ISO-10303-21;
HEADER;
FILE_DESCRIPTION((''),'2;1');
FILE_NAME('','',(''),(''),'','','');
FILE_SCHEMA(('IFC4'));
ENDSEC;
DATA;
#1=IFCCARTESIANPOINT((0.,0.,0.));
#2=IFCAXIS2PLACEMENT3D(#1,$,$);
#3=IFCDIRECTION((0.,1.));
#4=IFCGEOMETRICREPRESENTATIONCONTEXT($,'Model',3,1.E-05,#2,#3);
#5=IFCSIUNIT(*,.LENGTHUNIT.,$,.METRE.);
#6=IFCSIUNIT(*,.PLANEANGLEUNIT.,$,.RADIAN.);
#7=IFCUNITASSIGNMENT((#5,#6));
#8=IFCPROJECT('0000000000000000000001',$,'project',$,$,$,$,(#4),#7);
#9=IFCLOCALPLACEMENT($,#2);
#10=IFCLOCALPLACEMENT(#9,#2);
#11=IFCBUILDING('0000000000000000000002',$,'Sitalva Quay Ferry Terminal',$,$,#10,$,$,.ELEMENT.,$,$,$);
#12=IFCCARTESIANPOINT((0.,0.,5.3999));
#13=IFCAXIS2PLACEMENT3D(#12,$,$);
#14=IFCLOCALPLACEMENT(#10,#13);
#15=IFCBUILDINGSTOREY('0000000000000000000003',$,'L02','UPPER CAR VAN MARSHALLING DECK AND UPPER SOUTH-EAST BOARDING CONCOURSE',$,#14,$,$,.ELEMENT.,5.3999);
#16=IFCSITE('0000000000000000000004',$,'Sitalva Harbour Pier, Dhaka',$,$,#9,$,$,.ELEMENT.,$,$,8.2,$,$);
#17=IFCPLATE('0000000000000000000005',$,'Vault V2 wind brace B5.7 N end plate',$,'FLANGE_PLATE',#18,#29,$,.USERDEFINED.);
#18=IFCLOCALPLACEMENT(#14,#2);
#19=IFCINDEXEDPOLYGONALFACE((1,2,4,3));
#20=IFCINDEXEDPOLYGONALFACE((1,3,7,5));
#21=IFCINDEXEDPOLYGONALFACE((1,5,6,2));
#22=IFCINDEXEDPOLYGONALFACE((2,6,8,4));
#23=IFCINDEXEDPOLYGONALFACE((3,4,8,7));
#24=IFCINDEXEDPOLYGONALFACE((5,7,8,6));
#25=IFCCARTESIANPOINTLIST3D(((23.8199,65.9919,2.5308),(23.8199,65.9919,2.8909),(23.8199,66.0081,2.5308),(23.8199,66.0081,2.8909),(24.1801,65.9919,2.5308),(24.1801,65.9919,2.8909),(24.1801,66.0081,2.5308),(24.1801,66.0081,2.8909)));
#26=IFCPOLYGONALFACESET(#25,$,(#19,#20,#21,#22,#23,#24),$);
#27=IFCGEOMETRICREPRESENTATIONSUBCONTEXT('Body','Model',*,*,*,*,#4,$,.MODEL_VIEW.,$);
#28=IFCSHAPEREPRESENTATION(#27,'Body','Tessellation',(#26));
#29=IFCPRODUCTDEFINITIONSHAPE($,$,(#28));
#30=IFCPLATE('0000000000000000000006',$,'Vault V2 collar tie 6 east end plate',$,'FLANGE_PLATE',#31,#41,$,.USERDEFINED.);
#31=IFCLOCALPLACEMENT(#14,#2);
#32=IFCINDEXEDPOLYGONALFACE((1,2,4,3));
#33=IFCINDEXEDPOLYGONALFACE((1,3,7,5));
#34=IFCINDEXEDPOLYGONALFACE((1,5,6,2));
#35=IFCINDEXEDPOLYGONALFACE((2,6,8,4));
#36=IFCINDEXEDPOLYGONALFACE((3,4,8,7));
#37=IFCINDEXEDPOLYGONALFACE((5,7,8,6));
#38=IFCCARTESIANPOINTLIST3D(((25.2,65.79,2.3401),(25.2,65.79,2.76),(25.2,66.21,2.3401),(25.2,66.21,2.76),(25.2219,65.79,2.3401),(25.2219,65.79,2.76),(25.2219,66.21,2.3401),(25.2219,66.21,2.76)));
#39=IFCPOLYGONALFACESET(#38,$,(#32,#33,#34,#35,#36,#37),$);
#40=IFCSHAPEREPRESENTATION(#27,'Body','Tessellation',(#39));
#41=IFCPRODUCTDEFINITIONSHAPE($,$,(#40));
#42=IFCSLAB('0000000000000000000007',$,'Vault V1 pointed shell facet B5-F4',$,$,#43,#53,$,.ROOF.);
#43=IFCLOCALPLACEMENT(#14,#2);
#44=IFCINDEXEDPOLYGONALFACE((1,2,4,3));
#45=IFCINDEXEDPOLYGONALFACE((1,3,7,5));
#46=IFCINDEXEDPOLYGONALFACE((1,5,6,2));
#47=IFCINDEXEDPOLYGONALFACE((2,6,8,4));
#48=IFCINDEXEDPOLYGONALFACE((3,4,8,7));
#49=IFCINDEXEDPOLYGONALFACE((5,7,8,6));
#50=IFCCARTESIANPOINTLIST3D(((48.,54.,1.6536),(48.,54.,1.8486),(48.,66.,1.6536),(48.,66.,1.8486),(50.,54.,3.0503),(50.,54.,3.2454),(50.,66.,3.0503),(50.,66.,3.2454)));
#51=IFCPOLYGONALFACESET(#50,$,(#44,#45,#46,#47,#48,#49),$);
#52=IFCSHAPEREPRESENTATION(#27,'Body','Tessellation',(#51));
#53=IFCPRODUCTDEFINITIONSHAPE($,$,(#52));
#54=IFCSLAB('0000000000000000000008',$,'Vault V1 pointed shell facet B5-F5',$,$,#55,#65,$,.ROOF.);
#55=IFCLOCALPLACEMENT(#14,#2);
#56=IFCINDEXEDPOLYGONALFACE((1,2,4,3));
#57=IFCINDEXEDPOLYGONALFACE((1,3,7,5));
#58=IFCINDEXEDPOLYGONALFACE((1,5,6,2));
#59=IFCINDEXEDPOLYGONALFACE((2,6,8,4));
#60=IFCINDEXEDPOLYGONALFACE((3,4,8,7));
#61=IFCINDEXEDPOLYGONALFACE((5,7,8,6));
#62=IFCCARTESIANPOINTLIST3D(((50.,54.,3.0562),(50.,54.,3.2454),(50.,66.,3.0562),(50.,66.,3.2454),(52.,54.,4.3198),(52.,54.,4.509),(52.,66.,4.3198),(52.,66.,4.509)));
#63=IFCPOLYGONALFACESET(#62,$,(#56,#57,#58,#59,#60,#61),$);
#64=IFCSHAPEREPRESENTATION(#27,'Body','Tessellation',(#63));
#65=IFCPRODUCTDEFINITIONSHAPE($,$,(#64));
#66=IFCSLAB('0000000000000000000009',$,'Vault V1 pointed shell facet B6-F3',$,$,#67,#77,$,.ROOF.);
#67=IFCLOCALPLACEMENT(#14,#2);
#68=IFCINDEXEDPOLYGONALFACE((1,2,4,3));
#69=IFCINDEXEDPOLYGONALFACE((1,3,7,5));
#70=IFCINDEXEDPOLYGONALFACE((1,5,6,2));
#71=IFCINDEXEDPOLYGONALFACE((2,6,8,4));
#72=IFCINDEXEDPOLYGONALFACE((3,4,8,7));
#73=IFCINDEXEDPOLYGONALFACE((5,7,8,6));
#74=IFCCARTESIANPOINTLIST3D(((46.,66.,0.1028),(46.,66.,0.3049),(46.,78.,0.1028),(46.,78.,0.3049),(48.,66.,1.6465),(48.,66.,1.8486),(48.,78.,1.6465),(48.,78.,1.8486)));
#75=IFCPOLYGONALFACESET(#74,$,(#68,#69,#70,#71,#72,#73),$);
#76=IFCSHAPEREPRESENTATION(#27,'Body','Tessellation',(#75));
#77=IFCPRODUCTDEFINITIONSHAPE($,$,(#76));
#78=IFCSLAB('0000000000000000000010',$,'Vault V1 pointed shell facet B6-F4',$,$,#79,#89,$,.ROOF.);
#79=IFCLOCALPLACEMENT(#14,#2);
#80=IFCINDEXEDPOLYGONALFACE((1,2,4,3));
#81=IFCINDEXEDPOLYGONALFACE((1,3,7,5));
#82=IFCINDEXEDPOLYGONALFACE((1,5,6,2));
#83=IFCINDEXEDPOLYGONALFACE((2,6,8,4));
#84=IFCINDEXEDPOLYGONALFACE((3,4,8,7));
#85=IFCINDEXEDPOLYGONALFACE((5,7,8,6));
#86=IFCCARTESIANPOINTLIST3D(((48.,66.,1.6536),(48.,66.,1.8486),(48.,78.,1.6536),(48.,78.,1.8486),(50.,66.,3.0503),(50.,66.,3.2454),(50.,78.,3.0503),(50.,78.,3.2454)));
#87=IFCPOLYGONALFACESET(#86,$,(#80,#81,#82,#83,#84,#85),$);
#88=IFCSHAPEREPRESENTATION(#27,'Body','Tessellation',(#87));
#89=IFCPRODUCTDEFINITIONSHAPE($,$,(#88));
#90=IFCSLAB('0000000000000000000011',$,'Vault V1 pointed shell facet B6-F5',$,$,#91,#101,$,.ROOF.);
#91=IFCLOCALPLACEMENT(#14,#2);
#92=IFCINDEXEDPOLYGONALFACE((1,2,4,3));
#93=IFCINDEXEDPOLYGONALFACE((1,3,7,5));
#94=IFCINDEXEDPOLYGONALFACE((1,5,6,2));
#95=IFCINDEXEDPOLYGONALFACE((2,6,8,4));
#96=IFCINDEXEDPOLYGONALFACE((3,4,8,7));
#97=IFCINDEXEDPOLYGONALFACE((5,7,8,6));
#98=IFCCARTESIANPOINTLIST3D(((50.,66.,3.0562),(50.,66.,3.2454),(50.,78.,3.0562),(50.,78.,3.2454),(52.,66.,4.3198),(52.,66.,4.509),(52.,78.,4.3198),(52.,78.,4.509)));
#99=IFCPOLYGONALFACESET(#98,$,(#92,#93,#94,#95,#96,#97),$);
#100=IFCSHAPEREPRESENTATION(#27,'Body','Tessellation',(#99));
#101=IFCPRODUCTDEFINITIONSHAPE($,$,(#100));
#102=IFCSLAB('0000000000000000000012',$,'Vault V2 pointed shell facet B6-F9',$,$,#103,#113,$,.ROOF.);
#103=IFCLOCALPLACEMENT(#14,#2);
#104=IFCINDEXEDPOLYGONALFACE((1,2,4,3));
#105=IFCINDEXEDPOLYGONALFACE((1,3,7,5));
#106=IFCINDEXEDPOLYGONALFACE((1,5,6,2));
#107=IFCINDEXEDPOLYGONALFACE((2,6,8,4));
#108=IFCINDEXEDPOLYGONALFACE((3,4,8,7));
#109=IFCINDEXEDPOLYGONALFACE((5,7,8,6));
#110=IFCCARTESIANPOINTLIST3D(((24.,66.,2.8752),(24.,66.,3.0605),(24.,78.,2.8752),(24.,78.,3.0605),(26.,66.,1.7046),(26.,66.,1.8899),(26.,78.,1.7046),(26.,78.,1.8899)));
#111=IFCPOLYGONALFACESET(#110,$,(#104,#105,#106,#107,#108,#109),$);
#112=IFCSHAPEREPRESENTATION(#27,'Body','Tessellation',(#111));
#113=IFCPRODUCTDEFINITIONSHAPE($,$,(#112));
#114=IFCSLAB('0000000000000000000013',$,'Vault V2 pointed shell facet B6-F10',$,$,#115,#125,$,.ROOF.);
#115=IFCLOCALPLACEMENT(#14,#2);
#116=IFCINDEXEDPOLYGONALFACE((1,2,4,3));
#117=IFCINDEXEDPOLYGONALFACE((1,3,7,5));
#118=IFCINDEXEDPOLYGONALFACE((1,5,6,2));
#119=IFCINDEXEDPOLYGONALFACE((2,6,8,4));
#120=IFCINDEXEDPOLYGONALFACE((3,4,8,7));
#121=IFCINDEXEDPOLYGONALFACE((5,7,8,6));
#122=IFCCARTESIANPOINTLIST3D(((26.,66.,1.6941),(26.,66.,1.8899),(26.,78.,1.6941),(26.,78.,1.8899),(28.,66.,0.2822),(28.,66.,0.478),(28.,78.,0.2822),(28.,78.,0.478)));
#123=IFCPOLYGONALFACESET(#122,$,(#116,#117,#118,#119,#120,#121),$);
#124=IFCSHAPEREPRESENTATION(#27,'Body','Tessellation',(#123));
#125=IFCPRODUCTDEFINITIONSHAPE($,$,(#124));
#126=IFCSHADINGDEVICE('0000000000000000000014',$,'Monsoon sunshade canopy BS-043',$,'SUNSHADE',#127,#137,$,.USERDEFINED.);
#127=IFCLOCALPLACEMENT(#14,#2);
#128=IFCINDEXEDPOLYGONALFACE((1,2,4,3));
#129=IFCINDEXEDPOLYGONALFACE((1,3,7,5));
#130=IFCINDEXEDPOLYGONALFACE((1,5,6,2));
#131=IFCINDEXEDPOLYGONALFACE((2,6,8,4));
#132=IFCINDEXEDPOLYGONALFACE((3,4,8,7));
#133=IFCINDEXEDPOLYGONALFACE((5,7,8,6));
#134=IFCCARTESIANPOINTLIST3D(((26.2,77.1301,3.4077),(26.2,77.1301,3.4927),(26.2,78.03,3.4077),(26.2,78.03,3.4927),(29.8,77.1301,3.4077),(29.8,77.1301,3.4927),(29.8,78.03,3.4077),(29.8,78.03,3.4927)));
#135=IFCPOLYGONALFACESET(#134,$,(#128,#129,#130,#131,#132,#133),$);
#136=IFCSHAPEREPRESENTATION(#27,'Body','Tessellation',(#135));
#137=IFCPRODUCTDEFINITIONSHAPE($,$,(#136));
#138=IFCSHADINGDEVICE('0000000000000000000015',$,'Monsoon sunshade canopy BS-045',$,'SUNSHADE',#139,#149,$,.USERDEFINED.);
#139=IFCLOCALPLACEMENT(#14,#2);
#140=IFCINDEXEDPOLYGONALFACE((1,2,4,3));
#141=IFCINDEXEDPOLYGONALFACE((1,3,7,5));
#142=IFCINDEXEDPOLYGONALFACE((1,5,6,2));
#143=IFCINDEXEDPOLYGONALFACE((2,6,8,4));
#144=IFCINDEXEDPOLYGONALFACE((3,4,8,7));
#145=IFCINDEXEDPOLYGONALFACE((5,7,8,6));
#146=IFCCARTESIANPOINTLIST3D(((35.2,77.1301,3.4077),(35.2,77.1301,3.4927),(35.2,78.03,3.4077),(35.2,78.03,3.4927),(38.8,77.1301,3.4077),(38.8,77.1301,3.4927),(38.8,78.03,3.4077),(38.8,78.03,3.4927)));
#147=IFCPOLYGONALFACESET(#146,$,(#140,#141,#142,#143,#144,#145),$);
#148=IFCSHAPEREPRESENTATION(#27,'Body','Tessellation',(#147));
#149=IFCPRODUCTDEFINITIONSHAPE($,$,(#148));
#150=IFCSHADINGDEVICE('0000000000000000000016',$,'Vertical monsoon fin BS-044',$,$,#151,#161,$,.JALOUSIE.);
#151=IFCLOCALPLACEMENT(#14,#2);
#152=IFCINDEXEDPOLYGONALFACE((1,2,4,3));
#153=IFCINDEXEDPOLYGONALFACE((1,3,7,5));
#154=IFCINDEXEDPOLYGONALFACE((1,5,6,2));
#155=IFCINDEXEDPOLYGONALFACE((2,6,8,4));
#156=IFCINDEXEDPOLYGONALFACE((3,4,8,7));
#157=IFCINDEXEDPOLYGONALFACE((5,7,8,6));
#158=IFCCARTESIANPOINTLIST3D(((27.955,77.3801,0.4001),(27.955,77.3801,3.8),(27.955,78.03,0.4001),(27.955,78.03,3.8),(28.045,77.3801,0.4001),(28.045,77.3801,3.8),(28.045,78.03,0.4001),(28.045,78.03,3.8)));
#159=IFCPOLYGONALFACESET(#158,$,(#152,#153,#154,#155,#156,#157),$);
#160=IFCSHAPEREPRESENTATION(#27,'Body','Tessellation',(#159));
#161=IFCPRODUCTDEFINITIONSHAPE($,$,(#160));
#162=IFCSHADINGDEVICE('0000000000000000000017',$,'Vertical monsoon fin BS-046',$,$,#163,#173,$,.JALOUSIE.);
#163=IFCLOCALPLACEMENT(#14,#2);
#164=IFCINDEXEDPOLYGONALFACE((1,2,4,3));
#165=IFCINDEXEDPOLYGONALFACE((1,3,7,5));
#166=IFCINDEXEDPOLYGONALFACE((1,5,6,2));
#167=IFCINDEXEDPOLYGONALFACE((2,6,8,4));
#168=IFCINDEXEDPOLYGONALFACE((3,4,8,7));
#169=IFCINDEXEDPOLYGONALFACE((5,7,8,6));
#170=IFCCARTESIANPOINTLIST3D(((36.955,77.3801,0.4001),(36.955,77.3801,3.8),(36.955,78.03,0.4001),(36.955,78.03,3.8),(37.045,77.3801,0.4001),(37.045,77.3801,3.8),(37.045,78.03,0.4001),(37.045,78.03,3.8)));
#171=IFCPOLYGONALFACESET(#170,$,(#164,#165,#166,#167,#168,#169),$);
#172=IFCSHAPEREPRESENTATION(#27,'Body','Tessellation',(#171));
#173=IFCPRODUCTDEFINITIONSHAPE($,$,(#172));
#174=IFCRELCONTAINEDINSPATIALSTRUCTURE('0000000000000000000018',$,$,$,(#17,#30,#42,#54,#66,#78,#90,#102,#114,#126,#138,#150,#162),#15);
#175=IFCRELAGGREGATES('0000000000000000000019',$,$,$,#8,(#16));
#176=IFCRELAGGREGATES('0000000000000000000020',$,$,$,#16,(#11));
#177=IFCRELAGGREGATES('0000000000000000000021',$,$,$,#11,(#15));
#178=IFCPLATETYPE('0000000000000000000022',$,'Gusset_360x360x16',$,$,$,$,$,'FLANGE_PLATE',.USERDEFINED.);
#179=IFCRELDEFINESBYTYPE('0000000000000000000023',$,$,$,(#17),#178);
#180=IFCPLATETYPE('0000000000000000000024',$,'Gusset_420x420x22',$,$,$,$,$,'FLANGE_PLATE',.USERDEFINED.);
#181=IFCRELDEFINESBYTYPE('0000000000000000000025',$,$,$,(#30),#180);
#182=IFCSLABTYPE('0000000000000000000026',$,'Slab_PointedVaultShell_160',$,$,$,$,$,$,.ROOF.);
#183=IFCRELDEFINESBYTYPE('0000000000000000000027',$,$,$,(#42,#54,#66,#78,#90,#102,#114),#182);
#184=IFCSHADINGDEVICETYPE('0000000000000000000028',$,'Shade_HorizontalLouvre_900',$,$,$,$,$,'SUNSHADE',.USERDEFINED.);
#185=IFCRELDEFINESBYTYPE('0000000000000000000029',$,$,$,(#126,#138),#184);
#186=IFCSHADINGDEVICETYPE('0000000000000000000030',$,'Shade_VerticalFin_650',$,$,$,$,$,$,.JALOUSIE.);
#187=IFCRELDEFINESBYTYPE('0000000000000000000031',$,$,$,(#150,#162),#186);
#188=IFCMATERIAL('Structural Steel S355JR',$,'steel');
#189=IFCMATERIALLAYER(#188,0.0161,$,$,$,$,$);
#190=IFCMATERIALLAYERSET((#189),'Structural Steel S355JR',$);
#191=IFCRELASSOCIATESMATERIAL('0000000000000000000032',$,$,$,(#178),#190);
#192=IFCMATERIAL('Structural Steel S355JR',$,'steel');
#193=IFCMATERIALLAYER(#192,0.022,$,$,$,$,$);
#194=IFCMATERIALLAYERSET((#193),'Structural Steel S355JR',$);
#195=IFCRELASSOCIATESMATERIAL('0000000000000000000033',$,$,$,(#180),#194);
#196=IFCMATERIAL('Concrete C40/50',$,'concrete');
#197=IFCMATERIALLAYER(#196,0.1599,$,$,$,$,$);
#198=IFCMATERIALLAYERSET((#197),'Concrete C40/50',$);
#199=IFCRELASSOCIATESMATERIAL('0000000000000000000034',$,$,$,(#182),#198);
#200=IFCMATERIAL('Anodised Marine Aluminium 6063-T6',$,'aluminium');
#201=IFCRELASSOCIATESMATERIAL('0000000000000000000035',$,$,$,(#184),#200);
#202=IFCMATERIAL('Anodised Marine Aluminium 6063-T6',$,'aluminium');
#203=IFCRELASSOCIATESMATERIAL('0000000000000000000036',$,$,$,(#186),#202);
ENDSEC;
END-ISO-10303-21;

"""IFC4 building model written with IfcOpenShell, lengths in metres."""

from ifc_helpers import new_model, si_unit, direction, frame, origin, origin_2d, place, context, subcontext, project, spatial, polyline, rectangle, outline, extrude, material, layer, layer_set, type_object, element, save


model = new_model("IFC4")

# Units and contexts
model_context = context("Model", 3, precision=1e-05, world=origin(), true_north=direction((0.0, 1.0)))
body_context = subcontext(model_context, "Body", "Model", "MODEL_VIEW")
ifc_project = project(units=[si_unit("LENGTHUNIT", "METRE"), si_unit("PLANEANGLEUNIT", "RADIAN")], contexts=[model_context])

# Site, building, storey
site_placement = place(None, origin())
site = spatial("IfcSite", under=ifc_project, at=site_placement, Name="Sitalva Harbour Pier, Dhaka", CompositionType="ELEMENT", RefElevation=8.2)
building_placement = place(site_placement, origin())
building = spatial("IfcBuilding", under=site, at=building_placement, Name="Sitalva Quay Ferry Terminal", CompositionType="ELEMENT")
storey_placement = place(building_placement, frame((0.0, 0.0, 5.3999)))
storey = spatial("IfcBuildingStorey", under=building, at=storey_placement, Name="L02", Description="UPPER CAR VAN MARSHALLING DECK AND UPPER SOUTH-EAST BOARDING CONCOURSE", CompositionType="ELEMENT", Elevation=5.3999)

# Plates
ifc_material_1 = material(Name="Structural Steel S355JR", Category="steel")
ifc_layer_1 = layer(ifc_material_1, 0.0161)
ifc_layer_set_1 = layer_set([ifc_layer_1], Name="Structural Steel S355JR")
plate_type_1 = type_object("IfcPlateType", Name="Gusset_360x360x16", ElementType="FLANGE_PLATE", PredefinedType="USERDEFINED", material=ifc_layer_set_1)
plate_1_placement = place(storey_placement, frame((24.0, 66.0, 2.5308), z_axis=(0.0, 0.0, 1.0), x_axis=(1.0, 0.0, 0.0)))
element("IfcPlate", 1, at=plate_1_placement, inside=storey, type_object=plate_type_1, Name="Vault V2 wind brace B5.7 N end plate", ObjectType="FLANGE_PLATE", PredefinedType="USERDEFINED", context=body_context, shape_type="SweptSolid", body=[
    extrude(rectangle(XDim=0.3601, YDim=0.0161, at=origin_2d()), origin(), (0.0, 0.0, 1.0), 0.3601),
])
ifc_material_2 = material(Name="Structural Steel S355JR", Category="steel")
ifc_layer_2 = layer(ifc_material_2, 0.022)
ifc_layer_set_2 = layer_set([ifc_layer_2], Name="Structural Steel S355JR")
plate_type_2 = type_object("IfcPlateType", Name="Gusset_420x420x22", ElementType="FLANGE_PLATE", PredefinedType="USERDEFINED", material=ifc_layer_set_2)
plate_2_placement = place(storey_placement, frame((25.2109, 66.0, 2.3401), z_axis=(0.0, 0.0, 1.0), x_axis=(1.0, 0.0, 0.0)))
element("IfcPlate", 2, at=plate_2_placement, inside=storey, type_object=plate_type_2, Name="Vault V2 collar tie 6 east end plate", ObjectType="FLANGE_PLATE", PredefinedType="USERDEFINED", context=body_context, shape_type="SweptSolid", body=[
    extrude(rectangle(XDim=0.022, YDim=0.4199, at=origin_2d()), origin(), (0.0, 0.0, 1.0), 0.4199),
])

# Slabs
ifc_material_3 = material(Name="Concrete C40/50", Category="concrete")
ifc_layer_3 = layer(ifc_material_3, 0.1599)
ifc_layer_set_3 = layer_set([ifc_layer_3], Name="Concrete C40/50")
slab_type = type_object("IfcSlabType", Name="Slab_PointedVaultShell_160", PredefinedType="ROOF", material=ifc_layer_set_3)
slab_1_placement = place(storey_placement, frame((48.0, 54.0, 1.8486), z_axis=(-0.572562, 0.0, 0.819861), x_axis=(0.819861, 0.0, 0.572562)))
element("IfcSlab", 3, at=slab_1_placement, inside=storey, type_object=slab_type, Name="Vault V1 pointed shell facet B5-F4", PredefinedType="ROOF", context=body_context, shape_type="SweptSolid", body=[
    extrude(outline(polyline([(0.0, 0.0), (2.4394, 0.0), (2.4394, 12.0), (0.0, 12.0), (0.0, 0.0)])), origin(), (-0.572562, 0.0, -0.819861), 0.1951),
])
slab_2_placement = place(storey_placement, frame((50.0, 54.0, 3.2454), z_axis=(-0.534148, 0.0, 0.845391), x_axis=(0.845391, 0.0, 0.534148)))
element("IfcSlab", 4, at=slab_2_placement, inside=storey, type_object=slab_type, Name="Vault V1 pointed shell facet B5-F5", PredefinedType="ROOF", context=body_context, shape_type="SweptSolid", body=[
    extrude(outline(polyline([(0.0, 0.0), (2.3658, 0.0), (2.3658, 12.0), (0.0, 12.0), (0.0, 0.0)])), origin(), (-0.534148, 0.0, -0.845391), 0.1892),
])
slab_3_placement = place(storey_placement, frame((46.0, 66.0, 0.3049), z_axis=(-0.611013, 0.0, 0.791621), x_axis=(0.791621, 0.0, 0.611013)))
element("IfcSlab", 5, at=slab_3_placement, inside=storey, type_object=slab_type, Name="Vault V1 pointed shell facet B6-F3", PredefinedType="ROOF", context=body_context, shape_type="SweptSolid", body=[
    extrude(outline(polyline([(0.0, 0.0), (2.5265, 0.0), (2.5265, 12.0), (0.0, 12.0), (0.0, 0.0)])), origin(), (-0.611013, 0.0, -0.791621), 0.2021),
])
slab_4_placement = place(storey_placement, frame((48.0, 66.0, 1.8486), z_axis=(-0.572562, 0.0, 0.819861), x_axis=(0.819861, 0.0, 0.572562)))
element("IfcSlab", 6, at=slab_4_placement, inside=storey, type_object=slab_type, Name="Vault V1 pointed shell facet B6-F4", PredefinedType="ROOF", context=body_context, shape_type="SweptSolid", body=[
    extrude(outline(polyline([(0.0, 0.0), (2.4394, 0.0), (2.4394, 12.0), (0.0, 12.0), (0.0, 0.0)])), origin(), (-0.572562, 0.0, -0.819861), 0.1951),
])
slab_5_placement = place(storey_placement, frame((50.0, 66.0, 3.2454), z_axis=(-0.534148, 0.0, 0.845391), x_axis=(0.845391, 0.0, 0.534148)))
element("IfcSlab", 7, at=slab_5_placement, inside=storey, type_object=slab_type, Name="Vault V1 pointed shell facet B6-F5", PredefinedType="ROOF", context=body_context, shape_type="SweptSolid", body=[
    extrude(outline(polyline([(0.0, 0.0), (2.3658, 0.0), (2.3658, 12.0), (0.0, 12.0), (0.0, 0.0)])), origin(), (-0.534148, 0.0, -0.845391), 0.1892),
])
slab_6_placement = place(storey_placement, frame((24.0, 66.0, 3.0605), z_axis=(0.505154, 0.0, 0.863029), x_axis=(0.863029, 0.0, -0.505154)))
element("IfcSlab", 8, at=slab_6_placement, inside=storey, type_object=slab_type, Name="Vault V2 pointed shell facet B6-F9", PredefinedType="ROOF", context=body_context, shape_type="SweptSolid", body=[
    extrude(outline(polyline([(0.0, 0.0), (2.3174, 0.0), (2.3174, 12.0), (0.0, 12.0), (0.0, 0.0)])), origin(), (0.505154, 0.0, -0.863029), 0.1853),
])
slab_7_placement = place(storey_placement, frame((26.0, 66.0, 1.8899), z_axis=(0.576711, 0.0, 0.816949), x_axis=(0.816949, 0.0, -0.576711)))
element("IfcSlab", 9, at=slab_7_placement, inside=storey, type_object=slab_type, Name="Vault V2 pointed shell facet B6-F10", PredefinedType="ROOF", context=body_context, shape_type="SweptSolid", body=[
    extrude(outline(polyline([(0.0, 0.0), (2.4481, 0.0), (2.4481, 12.0), (0.0, 12.0), (0.0, 0.0)])), origin(), (0.576711, 0.0, -0.816949), 0.1958),
])

# Shading devices
ifc_material_4 = material(Name="Anodised Marine Aluminium 6063-T6", Category="aluminium")
shading_device_type_1 = type_object("IfcShadingDeviceType", Name="Shade_HorizontalLouvre_900", ElementType="SUNSHADE", PredefinedType="USERDEFINED", material=ifc_material_4)
for number, where, z_axis, x_axis, name in (
    (10, (28.0, 77.5801, 3.4077), (0.0, 0.0, 1.0), (1.0, 0.0, 0.0), "Monsoon sunshade canopy BS-043"),
    (11, (37.0, 77.5801, 3.4077), (0.0, 0.0, 1.0), (1.0, 0.0, 0.0), "Monsoon sunshade canopy BS-045"),
):
    element("IfcShadingDevice", number, at=place(storey_placement, frame(where, z_axis=z_axis, x_axis=x_axis)), inside=storey, type_object=shading_device_type_1, Name=name, ObjectType="SUNSHADE", PredefinedType="USERDEFINED", context=body_context, shape_type="SweptSolid", body=[
        extrude(rectangle(XDim=3.6001, YDim=0.8999, at=origin_2d()), origin(), (0.0, 0.0, 1.0), 0.085),
    ])
ifc_material_5 = material(Name="Anodised Marine Aluminium 6063-T6", Category="aluminium")
shading_device_type_2 = type_object("IfcShadingDeviceType", Name="Shade_VerticalFin_650", PredefinedType="JALOUSIE", material=ifc_material_5)
for number, where, z_axis, x_axis, name in (
    (12, (28.0, 77.7051, 0.4001), (0.0, 0.0, 1.0), (1.0, 0.0, 0.0), "Vertical monsoon fin BS-044"),
    (13, (37.0, 77.7051, 0.4001), (0.0, 0.0, 1.0), (1.0, 0.0, 0.0), "Vertical monsoon fin BS-046"),
):
    element("IfcShadingDevice", number, at=place(storey_placement, frame(where, z_axis=z_axis, x_axis=x_axis)), inside=storey, type_object=shading_device_type_2, Name=name, PredefinedType="JALOUSIE", context=body_context, shape_type="SweptSolid", body=[
        extrude(rectangle(XDim=0.0901, YDim=0.6499, at=origin_2d()), origin(), (0.0, 0.0, 1.0), 3.3999),
    ])

save(model, "model.ifc")
